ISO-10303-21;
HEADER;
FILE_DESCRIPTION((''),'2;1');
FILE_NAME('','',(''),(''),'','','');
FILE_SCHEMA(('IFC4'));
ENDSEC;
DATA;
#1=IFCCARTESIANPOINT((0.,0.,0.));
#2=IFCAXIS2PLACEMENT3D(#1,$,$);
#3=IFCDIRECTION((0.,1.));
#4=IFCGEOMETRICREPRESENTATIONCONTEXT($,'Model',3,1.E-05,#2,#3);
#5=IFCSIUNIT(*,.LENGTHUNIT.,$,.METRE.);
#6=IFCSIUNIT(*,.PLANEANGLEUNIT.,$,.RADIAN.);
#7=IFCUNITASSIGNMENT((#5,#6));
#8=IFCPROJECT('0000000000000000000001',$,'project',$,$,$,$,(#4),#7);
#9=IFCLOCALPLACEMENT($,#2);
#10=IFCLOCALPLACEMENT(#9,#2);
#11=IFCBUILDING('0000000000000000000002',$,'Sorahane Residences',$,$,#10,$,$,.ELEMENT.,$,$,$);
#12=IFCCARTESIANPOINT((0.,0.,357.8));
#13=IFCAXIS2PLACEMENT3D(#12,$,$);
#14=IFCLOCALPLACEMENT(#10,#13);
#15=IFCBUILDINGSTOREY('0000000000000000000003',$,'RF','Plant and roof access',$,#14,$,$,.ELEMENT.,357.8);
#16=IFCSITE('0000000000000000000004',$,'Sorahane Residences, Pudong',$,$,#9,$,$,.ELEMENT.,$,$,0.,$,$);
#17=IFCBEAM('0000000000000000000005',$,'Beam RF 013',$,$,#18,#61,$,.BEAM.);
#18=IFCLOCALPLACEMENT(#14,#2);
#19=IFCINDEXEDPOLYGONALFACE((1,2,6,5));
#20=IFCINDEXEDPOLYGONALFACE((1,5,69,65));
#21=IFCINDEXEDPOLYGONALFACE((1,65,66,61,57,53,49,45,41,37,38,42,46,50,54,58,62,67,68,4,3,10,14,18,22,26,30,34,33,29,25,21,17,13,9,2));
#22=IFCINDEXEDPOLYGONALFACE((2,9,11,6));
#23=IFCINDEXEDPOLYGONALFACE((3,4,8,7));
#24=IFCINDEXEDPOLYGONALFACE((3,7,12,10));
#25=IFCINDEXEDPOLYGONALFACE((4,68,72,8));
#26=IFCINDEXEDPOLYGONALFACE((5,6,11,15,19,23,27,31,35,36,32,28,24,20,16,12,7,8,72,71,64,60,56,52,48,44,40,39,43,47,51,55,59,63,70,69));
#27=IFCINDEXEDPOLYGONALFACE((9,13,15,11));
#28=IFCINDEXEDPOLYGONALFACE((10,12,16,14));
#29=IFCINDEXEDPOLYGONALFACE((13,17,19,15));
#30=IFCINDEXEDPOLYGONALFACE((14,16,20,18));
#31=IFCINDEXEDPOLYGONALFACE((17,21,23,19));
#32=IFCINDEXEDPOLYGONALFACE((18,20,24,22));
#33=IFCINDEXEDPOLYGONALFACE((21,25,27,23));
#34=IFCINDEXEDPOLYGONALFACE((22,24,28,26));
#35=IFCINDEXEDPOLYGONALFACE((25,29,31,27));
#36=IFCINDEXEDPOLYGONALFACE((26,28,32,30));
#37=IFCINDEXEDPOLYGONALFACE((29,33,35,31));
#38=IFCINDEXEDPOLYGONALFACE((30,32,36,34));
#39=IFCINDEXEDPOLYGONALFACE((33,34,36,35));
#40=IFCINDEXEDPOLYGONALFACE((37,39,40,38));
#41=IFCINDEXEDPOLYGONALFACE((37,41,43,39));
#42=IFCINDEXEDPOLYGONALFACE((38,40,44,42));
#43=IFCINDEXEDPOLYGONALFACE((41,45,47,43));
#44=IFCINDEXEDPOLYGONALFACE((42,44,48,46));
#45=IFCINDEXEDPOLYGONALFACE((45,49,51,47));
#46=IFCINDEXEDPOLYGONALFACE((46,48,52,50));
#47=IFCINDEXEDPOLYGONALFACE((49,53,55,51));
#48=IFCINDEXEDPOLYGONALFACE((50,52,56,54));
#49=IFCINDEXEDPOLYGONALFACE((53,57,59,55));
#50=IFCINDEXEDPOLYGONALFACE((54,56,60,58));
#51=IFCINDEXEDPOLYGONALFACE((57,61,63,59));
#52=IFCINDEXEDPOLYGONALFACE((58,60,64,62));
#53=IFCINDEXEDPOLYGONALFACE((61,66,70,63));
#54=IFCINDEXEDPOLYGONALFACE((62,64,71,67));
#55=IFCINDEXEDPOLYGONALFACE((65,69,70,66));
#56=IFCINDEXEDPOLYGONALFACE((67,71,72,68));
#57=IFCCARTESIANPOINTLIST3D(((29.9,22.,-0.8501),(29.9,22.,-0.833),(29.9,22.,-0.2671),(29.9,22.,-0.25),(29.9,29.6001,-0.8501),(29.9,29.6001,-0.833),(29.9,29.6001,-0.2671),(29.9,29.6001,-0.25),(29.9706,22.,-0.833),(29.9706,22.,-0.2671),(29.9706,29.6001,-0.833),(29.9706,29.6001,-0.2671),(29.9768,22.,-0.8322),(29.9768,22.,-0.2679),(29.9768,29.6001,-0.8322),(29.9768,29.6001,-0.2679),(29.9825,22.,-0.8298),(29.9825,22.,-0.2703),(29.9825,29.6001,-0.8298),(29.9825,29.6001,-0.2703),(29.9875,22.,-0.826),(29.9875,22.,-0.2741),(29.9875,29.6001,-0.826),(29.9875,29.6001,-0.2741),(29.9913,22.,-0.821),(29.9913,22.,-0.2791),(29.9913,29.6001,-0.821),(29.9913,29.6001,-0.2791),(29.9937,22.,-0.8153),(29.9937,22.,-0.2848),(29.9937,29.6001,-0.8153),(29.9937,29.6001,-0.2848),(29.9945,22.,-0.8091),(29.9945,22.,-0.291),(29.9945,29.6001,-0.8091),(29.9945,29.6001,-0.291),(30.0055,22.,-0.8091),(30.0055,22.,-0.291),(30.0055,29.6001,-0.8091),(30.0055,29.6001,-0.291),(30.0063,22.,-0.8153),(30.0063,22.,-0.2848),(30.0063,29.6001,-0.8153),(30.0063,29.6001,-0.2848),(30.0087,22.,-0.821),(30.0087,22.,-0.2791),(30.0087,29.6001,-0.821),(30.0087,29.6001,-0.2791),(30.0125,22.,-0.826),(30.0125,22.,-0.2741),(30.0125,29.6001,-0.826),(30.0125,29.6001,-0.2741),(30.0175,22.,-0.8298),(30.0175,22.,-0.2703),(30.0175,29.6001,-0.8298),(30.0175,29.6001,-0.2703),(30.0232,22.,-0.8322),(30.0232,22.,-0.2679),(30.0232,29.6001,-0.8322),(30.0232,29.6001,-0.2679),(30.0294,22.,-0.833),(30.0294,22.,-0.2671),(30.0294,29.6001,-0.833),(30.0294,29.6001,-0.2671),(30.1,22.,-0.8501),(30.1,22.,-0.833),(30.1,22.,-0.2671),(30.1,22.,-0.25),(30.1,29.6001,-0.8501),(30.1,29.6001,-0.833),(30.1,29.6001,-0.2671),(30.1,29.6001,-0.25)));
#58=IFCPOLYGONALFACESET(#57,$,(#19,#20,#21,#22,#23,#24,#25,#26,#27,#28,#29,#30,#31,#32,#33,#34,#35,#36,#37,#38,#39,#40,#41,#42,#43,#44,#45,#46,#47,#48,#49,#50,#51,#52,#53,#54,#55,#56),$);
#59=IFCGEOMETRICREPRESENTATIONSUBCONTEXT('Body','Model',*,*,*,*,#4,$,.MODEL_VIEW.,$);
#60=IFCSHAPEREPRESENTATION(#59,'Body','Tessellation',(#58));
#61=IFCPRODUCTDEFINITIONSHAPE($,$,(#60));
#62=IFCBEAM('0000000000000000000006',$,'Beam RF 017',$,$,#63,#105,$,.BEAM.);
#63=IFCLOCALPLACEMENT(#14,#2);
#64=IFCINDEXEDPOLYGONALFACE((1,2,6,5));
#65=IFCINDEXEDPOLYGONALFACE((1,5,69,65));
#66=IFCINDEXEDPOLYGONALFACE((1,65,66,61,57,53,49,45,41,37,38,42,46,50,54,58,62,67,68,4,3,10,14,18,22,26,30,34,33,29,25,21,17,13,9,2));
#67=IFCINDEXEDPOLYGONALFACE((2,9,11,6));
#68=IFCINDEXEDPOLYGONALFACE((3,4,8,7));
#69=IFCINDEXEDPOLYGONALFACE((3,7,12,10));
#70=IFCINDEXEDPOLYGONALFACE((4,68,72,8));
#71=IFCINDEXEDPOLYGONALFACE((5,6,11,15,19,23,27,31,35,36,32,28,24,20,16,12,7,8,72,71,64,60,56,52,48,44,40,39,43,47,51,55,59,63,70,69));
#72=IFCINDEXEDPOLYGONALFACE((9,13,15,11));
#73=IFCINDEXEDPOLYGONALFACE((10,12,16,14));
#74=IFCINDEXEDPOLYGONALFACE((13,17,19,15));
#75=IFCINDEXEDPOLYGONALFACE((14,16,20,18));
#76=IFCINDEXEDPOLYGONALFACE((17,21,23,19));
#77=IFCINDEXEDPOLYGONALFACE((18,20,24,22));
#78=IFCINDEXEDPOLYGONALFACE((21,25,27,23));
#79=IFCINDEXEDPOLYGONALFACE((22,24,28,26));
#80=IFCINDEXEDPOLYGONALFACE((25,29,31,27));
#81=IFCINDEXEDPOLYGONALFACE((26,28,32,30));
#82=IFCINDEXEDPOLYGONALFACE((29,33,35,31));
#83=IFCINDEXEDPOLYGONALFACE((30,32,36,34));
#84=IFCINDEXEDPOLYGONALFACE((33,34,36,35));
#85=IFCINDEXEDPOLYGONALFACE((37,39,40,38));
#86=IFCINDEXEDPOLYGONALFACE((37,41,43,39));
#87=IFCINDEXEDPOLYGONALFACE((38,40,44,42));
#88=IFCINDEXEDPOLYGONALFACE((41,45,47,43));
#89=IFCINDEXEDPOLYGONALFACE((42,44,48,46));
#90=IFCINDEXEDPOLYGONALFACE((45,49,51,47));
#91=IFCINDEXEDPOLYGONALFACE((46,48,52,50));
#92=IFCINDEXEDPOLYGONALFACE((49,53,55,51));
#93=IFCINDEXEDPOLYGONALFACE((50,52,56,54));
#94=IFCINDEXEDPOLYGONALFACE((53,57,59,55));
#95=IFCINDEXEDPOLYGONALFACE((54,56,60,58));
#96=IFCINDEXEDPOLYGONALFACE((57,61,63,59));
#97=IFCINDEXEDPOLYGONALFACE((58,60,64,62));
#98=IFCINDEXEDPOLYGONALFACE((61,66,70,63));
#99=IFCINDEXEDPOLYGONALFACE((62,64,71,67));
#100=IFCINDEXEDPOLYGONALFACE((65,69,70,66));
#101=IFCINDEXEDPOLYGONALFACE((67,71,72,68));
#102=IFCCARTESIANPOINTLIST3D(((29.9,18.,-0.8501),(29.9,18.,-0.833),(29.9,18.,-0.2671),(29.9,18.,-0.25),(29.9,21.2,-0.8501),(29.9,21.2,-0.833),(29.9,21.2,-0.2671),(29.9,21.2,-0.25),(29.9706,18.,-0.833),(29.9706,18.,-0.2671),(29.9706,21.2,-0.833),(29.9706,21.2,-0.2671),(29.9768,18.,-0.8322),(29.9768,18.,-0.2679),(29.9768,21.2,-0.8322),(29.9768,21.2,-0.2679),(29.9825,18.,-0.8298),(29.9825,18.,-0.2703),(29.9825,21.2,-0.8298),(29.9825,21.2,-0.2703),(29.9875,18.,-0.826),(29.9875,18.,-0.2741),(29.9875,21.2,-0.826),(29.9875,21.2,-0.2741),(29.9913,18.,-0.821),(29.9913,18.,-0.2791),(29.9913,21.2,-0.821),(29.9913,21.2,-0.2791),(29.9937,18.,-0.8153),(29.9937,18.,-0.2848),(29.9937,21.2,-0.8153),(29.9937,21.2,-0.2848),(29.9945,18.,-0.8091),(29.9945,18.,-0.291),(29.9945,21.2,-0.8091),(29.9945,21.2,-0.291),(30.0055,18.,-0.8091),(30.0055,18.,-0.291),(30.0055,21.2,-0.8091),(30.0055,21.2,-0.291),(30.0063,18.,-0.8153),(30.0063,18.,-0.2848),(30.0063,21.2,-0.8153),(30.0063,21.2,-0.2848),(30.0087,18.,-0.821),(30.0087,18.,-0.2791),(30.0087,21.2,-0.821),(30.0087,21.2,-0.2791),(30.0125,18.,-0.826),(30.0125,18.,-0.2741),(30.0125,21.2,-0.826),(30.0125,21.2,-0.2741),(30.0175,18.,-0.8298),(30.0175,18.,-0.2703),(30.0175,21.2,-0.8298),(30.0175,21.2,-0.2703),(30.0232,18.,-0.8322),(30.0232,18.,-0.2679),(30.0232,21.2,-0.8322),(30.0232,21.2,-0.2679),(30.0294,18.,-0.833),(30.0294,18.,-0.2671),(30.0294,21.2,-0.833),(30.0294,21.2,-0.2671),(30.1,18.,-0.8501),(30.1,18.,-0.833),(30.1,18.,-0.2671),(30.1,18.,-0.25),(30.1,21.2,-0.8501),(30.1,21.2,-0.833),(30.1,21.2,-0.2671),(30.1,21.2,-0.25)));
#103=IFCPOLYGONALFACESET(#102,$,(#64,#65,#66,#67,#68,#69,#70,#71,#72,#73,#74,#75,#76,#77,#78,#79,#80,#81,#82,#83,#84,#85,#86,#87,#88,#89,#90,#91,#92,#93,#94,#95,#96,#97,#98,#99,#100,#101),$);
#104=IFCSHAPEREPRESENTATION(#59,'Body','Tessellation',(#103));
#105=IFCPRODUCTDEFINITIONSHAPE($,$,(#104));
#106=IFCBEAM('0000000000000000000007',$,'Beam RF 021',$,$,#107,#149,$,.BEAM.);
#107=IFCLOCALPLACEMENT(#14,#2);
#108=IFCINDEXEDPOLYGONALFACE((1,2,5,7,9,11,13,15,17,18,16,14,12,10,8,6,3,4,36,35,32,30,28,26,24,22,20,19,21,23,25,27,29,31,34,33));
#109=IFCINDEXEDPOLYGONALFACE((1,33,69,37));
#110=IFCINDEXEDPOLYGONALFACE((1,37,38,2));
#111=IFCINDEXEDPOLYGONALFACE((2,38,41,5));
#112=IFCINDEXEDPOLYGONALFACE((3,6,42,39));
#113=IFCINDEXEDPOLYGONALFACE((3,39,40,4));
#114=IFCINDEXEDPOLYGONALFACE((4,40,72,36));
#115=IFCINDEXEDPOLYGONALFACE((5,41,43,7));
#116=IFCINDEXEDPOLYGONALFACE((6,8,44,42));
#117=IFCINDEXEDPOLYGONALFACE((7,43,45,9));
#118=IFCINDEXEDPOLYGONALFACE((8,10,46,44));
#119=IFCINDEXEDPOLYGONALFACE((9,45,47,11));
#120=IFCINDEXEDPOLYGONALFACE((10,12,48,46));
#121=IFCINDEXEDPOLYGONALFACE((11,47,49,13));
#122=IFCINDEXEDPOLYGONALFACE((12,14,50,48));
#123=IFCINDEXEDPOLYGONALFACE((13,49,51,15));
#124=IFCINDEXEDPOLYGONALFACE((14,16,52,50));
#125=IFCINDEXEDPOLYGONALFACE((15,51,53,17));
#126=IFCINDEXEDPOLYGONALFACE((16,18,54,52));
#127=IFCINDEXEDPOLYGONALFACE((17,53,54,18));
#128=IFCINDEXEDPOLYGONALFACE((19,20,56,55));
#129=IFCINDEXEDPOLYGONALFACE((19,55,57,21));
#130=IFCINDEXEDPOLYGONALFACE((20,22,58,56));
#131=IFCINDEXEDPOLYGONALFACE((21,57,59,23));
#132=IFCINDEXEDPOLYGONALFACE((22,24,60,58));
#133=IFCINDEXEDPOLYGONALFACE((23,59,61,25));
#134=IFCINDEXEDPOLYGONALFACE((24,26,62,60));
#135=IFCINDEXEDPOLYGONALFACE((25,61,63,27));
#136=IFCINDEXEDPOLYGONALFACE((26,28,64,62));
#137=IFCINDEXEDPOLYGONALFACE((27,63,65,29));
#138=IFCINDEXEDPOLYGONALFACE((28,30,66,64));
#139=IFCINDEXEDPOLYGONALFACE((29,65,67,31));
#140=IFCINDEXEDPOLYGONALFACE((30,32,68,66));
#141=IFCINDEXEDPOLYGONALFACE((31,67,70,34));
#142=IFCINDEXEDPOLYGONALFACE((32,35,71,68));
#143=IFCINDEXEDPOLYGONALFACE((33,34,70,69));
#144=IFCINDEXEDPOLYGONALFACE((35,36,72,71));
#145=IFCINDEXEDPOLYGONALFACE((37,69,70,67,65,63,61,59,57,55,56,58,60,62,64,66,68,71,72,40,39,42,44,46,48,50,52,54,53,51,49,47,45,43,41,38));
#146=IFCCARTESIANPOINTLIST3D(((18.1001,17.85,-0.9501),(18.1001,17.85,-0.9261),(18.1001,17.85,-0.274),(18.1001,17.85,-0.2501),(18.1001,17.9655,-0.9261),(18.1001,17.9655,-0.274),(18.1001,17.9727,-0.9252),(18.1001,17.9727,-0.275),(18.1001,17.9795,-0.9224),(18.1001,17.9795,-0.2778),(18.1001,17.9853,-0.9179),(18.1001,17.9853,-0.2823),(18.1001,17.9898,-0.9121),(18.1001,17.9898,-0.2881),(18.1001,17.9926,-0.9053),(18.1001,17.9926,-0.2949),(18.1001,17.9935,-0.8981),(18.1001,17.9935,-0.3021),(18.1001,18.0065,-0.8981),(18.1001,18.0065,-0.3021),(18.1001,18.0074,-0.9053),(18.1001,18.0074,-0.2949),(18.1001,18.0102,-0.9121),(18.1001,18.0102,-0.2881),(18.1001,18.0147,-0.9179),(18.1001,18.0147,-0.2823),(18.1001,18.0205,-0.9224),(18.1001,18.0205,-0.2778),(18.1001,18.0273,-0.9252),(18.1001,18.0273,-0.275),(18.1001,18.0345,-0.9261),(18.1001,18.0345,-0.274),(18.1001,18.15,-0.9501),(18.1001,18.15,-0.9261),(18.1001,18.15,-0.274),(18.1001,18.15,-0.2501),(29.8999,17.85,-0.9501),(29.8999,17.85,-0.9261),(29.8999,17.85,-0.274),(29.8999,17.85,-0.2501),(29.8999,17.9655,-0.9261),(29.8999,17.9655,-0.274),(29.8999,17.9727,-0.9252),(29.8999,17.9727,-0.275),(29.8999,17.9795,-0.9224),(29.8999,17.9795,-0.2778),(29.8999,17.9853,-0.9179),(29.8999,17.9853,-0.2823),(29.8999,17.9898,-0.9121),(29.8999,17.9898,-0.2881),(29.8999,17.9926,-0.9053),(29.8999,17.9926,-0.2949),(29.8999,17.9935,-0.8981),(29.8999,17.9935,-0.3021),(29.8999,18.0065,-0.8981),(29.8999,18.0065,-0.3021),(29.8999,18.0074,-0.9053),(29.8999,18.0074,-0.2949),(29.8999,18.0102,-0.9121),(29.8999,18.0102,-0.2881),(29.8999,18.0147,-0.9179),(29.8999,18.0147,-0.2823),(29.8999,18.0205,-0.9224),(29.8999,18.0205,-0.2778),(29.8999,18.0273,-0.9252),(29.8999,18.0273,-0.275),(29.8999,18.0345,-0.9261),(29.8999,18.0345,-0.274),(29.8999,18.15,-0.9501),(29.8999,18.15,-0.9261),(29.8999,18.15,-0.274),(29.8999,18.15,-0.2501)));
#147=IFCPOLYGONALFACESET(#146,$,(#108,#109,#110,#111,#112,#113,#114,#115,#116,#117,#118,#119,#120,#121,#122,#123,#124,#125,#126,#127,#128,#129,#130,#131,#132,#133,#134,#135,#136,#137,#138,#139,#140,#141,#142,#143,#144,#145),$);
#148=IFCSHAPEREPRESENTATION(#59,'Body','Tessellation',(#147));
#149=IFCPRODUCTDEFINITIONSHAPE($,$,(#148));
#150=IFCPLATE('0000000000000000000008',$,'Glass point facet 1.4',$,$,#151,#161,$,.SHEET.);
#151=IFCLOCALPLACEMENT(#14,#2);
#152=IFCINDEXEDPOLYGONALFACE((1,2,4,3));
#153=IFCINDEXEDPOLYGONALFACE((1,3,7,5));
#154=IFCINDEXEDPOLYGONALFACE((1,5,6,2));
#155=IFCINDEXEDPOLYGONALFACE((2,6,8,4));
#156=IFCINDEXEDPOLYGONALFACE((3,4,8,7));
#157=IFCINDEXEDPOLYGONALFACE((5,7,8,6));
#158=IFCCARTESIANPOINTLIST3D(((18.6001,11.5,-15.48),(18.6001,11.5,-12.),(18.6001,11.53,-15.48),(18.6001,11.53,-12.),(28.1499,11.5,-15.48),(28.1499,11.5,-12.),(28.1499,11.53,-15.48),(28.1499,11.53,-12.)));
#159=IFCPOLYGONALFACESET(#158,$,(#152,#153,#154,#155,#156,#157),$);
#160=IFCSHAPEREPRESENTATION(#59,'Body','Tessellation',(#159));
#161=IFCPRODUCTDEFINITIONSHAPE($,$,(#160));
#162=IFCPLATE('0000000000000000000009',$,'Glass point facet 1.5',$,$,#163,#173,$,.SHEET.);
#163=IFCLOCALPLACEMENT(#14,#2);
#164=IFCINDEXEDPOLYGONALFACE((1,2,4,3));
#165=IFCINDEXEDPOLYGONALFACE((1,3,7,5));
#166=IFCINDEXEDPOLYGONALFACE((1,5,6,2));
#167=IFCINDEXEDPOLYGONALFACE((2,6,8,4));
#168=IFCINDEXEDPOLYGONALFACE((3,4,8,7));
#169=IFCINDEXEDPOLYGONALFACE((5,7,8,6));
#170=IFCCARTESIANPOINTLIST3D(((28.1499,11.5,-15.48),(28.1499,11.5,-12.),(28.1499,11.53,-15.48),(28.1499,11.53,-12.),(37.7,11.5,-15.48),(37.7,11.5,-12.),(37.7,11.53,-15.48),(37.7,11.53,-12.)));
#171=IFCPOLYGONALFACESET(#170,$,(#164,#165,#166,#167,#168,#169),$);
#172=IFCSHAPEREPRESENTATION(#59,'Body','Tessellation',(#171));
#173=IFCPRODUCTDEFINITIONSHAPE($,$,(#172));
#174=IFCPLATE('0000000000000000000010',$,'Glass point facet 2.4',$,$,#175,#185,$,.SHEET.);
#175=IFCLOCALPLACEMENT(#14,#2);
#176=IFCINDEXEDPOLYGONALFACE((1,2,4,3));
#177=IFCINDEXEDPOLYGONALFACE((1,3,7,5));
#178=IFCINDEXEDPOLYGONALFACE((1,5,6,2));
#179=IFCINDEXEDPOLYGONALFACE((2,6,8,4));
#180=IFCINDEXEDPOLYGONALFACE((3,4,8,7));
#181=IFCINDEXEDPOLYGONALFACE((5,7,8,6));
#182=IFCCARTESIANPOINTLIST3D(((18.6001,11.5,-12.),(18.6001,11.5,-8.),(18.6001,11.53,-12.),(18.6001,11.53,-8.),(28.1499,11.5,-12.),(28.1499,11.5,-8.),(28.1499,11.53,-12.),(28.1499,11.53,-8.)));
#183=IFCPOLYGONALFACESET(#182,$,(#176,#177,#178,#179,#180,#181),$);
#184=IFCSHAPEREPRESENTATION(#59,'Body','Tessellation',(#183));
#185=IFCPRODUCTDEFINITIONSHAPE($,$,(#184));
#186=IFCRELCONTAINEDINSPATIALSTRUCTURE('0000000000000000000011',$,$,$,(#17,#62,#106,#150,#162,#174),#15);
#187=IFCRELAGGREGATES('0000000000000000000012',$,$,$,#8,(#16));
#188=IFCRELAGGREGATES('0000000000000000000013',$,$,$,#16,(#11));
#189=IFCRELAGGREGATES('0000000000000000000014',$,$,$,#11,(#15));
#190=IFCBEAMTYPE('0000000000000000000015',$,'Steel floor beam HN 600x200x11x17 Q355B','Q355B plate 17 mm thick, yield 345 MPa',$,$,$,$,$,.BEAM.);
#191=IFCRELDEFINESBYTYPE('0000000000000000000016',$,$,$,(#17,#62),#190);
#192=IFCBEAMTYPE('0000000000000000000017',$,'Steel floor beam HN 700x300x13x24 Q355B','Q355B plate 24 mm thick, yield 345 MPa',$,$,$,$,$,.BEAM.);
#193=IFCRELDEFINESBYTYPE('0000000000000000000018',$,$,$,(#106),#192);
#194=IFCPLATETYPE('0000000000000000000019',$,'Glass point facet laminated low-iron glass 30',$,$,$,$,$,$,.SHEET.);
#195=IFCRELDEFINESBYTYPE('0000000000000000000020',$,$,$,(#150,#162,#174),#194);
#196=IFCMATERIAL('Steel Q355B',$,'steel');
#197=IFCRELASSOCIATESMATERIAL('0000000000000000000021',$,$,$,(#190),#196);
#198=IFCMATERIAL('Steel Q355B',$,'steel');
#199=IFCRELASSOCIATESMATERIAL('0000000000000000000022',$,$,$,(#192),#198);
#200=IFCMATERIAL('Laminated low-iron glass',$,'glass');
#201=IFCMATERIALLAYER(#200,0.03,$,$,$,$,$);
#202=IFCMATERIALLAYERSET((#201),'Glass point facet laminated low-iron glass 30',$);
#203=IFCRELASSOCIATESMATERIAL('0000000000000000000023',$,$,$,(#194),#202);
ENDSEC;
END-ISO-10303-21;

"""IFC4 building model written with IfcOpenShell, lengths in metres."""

from ifc_helpers import new_model, si_unit, direction, frame, origin, origin_2d, place, context, subcontext, project, spatial, polyline, i_section, outline, extrude, material, layer, layer_set, material_profile, profile_set, type_object, element, save


model = new_model("IFC4")

# Units and contexts
model_context = context("Model", 3, precision=1e-05, world=origin(), true_north=direction((0.0, 1.0)))
body_context = subcontext(model_context, "Body", "Model", "MODEL_VIEW")
ifc_project = project(units=[si_unit("LENGTHUNIT", "METRE"), si_unit("PLANEANGLEUNIT", "RADIAN")], contexts=[model_context])

# Site, building, storey
site_placement = place(None, origin())
site = spatial("IfcSite", under=ifc_project, at=site_placement, Name="Sorahane Residences, Pudong", CompositionType="ELEMENT", RefElevation=0.0)
building_placement = place(site_placement, origin())
building = spatial("IfcBuilding", under=site, at=building_placement, Name="Sorahane Residences", CompositionType="ELEMENT")
storey_placement = place(building_placement, frame((0.0, 0.0, 357.8)))
storey = spatial("IfcBuildingStorey", under=building, at=storey_placement, Name="RF", Description="Plant and roof access", CompositionType="ELEMENT", Elevation=357.8)

# Beams
ifc_material_1 = material(Name="Steel Q355B", Category="steel")
ifc_material_profile_1 = material_profile(ifc_material_1, i_section(OverallWidth=0.2, OverallDepth=0.6001, WebThickness=0.011, FlangeThickness=0.0171, FilletRadius=0.0239, at=origin_2d()), Name="HN 600x200x11x17")
ifc_profile_set_1 = profile_set([ifc_material_profile_1], Name="Steel Q355B")
beam_type_1 = type_object("IfcBeamType", Name="Steel floor beam HN 600x200x11x17 Q355B", Description="Q355B plate 17 mm thick, yield 345 MPa", PredefinedType="BEAM", material=ifc_profile_set_1)
beam_1_placement = place(storey_placement, frame((30.0, 22.0, -0.55), z_axis=(0.0, 1.0, 0.0), x_axis=(-1.0, 0.0, 0.0)))
element("IfcBeam", 1, at=beam_1_placement, inside=storey, type_object=beam_type_1, Name="Beam RF 013", PredefinedType="BEAM", context=body_context, shape_type="SweptSolid", body=[
    extrude(i_section(OverallWidth=0.2, OverallDepth=0.6001, WebThickness=0.011, FlangeThickness=0.0171, FilletRadius=0.0239, at=origin_2d()), origin(), (0.0, 0.0, 1.0), 7.6001),
])
beam_2_placement = place(storey_placement, frame((30.0, 18.0, -0.55), z_axis=(0.0, 1.0, 0.0), x_axis=(-1.0, 0.0, 0.0)))
element("IfcBeam", 2, at=beam_2_placement, inside=storey, type_object=beam_type_1, Name="Beam RF 017", PredefinedType="BEAM", context=body_context, shape_type="SweptSolid", body=[
    extrude(i_section(OverallWidth=0.2, OverallDepth=0.6001, WebThickness=0.011, FlangeThickness=0.0171, FilletRadius=0.0239, at=origin_2d()), origin(), (0.0, 0.0, 1.0), 3.2),
])
ifc_material_2 = material(Name="Steel Q355B", Category="steel")
ifc_material_profile_2 = material_profile(ifc_material_2, i_section(OverallWidth=0.3, OverallDepth=0.7, WebThickness=0.0129, FlangeThickness=0.0239, FilletRadius=0.0281, at=origin_2d()), Name="HN 700x300x13x24")
ifc_profile_set_2 = profile_set([ifc_material_profile_2], Name="Steel Q355B")
beam_type_2 = type_object("IfcBeamType", Name="Steel floor beam HN 700x300x13x24 Q355B", Description="Q355B plate 24 mm thick, yield 345 MPa", PredefinedType="BEAM", material=ifc_profile_set_2)
beam_3_placement = place(storey_placement, frame((18.1001, 18.0, -0.6001), z_axis=(1.0, 0.0, 0.0), x_axis=(0.0, 1.0, 0.0)))
element("IfcBeam", 3, at=beam_3_placement, inside=storey, type_object=beam_type_2, Name="Beam RF 021", PredefinedType="BEAM", context=body_context, shape_type="SweptSolid", body=[
    extrude(i_section(OverallWidth=0.3, OverallDepth=0.7, WebThickness=0.0129, FlangeThickness=0.0239, FilletRadius=0.0281, at=origin_2d()), origin(), (0.0, 0.0, 1.0), 11.7998),
])

# Plates
ifc_material_3 = material(Name="Laminated low-iron glass", Category="glass")
ifc_layer = layer(ifc_material_3, 0.03)
ifc_layer_set = layer_set([ifc_layer], Name="Glass point facet laminated low-iron glass 30")
plate_type = type_object("IfcPlateType", Name="Glass point facet laminated low-iron glass 30", PredefinedType="SHEET", material=ifc_layer_set)
plate_1_placement = place(storey_placement, frame((18.6001, 11.5, -15.48), z_axis=(0.0, -1.0, 0.0), x_axis=(1.0, 0.0, 0.0)))
element("IfcPlate", 4, at=plate_1_placement, inside=storey, type_object=plate_type, Name="Glass point facet 1.4", PredefinedType="SHEET", context=body_context, shape_type="SweptSolid", body=[
    extrude(outline(polyline([(0.0, 0.0), (9.5498, 0.0), (9.5498, 3.48), (0.0, 3.48), (0.0, 0.0)])), origin(), (0.0, 0.0, -1.0), 0.03),
])
plate_2_placement = place(storey_placement, frame((28.1499, 11.5, -15.48), z_axis=(0.0, -1.0, 0.0), x_axis=(1.0, 0.0, 0.0)))
element("IfcPlate", 5, at=plate_2_placement, inside=storey, type_object=plate_type, Name="Glass point facet 1.5", PredefinedType="SHEET", context=body_context, shape_type="SweptSolid", body=[
    extrude(outline(polyline([(0.0, 0.0), (9.55, 0.0), (9.55, 3.48), (0.0, 3.48), (0.0, 0.0)])), origin(), (0.0, 0.0, -1.0), 0.03),
])
plate_3_placement = place(storey_placement, frame((18.6001, 11.5, -12.0), z_axis=(0.0, -1.0, 0.0), x_axis=(1.0, 0.0, 0.0)))
element("IfcPlate", 6, at=plate_3_placement, inside=storey, type_object=plate_type, Name="Glass point facet 2.4", PredefinedType="SHEET", context=body_context, shape_type="SweptSolid", body=[
    extrude(outline(polyline([(0.0, 0.0), (9.5498, 0.0), (9.5498, 4.0), (0.0, 4.0), (0.0, 0.0)])), origin(), (0.0, 0.0, -1.0), 0.03),
])

save(model, "model.ifc")
